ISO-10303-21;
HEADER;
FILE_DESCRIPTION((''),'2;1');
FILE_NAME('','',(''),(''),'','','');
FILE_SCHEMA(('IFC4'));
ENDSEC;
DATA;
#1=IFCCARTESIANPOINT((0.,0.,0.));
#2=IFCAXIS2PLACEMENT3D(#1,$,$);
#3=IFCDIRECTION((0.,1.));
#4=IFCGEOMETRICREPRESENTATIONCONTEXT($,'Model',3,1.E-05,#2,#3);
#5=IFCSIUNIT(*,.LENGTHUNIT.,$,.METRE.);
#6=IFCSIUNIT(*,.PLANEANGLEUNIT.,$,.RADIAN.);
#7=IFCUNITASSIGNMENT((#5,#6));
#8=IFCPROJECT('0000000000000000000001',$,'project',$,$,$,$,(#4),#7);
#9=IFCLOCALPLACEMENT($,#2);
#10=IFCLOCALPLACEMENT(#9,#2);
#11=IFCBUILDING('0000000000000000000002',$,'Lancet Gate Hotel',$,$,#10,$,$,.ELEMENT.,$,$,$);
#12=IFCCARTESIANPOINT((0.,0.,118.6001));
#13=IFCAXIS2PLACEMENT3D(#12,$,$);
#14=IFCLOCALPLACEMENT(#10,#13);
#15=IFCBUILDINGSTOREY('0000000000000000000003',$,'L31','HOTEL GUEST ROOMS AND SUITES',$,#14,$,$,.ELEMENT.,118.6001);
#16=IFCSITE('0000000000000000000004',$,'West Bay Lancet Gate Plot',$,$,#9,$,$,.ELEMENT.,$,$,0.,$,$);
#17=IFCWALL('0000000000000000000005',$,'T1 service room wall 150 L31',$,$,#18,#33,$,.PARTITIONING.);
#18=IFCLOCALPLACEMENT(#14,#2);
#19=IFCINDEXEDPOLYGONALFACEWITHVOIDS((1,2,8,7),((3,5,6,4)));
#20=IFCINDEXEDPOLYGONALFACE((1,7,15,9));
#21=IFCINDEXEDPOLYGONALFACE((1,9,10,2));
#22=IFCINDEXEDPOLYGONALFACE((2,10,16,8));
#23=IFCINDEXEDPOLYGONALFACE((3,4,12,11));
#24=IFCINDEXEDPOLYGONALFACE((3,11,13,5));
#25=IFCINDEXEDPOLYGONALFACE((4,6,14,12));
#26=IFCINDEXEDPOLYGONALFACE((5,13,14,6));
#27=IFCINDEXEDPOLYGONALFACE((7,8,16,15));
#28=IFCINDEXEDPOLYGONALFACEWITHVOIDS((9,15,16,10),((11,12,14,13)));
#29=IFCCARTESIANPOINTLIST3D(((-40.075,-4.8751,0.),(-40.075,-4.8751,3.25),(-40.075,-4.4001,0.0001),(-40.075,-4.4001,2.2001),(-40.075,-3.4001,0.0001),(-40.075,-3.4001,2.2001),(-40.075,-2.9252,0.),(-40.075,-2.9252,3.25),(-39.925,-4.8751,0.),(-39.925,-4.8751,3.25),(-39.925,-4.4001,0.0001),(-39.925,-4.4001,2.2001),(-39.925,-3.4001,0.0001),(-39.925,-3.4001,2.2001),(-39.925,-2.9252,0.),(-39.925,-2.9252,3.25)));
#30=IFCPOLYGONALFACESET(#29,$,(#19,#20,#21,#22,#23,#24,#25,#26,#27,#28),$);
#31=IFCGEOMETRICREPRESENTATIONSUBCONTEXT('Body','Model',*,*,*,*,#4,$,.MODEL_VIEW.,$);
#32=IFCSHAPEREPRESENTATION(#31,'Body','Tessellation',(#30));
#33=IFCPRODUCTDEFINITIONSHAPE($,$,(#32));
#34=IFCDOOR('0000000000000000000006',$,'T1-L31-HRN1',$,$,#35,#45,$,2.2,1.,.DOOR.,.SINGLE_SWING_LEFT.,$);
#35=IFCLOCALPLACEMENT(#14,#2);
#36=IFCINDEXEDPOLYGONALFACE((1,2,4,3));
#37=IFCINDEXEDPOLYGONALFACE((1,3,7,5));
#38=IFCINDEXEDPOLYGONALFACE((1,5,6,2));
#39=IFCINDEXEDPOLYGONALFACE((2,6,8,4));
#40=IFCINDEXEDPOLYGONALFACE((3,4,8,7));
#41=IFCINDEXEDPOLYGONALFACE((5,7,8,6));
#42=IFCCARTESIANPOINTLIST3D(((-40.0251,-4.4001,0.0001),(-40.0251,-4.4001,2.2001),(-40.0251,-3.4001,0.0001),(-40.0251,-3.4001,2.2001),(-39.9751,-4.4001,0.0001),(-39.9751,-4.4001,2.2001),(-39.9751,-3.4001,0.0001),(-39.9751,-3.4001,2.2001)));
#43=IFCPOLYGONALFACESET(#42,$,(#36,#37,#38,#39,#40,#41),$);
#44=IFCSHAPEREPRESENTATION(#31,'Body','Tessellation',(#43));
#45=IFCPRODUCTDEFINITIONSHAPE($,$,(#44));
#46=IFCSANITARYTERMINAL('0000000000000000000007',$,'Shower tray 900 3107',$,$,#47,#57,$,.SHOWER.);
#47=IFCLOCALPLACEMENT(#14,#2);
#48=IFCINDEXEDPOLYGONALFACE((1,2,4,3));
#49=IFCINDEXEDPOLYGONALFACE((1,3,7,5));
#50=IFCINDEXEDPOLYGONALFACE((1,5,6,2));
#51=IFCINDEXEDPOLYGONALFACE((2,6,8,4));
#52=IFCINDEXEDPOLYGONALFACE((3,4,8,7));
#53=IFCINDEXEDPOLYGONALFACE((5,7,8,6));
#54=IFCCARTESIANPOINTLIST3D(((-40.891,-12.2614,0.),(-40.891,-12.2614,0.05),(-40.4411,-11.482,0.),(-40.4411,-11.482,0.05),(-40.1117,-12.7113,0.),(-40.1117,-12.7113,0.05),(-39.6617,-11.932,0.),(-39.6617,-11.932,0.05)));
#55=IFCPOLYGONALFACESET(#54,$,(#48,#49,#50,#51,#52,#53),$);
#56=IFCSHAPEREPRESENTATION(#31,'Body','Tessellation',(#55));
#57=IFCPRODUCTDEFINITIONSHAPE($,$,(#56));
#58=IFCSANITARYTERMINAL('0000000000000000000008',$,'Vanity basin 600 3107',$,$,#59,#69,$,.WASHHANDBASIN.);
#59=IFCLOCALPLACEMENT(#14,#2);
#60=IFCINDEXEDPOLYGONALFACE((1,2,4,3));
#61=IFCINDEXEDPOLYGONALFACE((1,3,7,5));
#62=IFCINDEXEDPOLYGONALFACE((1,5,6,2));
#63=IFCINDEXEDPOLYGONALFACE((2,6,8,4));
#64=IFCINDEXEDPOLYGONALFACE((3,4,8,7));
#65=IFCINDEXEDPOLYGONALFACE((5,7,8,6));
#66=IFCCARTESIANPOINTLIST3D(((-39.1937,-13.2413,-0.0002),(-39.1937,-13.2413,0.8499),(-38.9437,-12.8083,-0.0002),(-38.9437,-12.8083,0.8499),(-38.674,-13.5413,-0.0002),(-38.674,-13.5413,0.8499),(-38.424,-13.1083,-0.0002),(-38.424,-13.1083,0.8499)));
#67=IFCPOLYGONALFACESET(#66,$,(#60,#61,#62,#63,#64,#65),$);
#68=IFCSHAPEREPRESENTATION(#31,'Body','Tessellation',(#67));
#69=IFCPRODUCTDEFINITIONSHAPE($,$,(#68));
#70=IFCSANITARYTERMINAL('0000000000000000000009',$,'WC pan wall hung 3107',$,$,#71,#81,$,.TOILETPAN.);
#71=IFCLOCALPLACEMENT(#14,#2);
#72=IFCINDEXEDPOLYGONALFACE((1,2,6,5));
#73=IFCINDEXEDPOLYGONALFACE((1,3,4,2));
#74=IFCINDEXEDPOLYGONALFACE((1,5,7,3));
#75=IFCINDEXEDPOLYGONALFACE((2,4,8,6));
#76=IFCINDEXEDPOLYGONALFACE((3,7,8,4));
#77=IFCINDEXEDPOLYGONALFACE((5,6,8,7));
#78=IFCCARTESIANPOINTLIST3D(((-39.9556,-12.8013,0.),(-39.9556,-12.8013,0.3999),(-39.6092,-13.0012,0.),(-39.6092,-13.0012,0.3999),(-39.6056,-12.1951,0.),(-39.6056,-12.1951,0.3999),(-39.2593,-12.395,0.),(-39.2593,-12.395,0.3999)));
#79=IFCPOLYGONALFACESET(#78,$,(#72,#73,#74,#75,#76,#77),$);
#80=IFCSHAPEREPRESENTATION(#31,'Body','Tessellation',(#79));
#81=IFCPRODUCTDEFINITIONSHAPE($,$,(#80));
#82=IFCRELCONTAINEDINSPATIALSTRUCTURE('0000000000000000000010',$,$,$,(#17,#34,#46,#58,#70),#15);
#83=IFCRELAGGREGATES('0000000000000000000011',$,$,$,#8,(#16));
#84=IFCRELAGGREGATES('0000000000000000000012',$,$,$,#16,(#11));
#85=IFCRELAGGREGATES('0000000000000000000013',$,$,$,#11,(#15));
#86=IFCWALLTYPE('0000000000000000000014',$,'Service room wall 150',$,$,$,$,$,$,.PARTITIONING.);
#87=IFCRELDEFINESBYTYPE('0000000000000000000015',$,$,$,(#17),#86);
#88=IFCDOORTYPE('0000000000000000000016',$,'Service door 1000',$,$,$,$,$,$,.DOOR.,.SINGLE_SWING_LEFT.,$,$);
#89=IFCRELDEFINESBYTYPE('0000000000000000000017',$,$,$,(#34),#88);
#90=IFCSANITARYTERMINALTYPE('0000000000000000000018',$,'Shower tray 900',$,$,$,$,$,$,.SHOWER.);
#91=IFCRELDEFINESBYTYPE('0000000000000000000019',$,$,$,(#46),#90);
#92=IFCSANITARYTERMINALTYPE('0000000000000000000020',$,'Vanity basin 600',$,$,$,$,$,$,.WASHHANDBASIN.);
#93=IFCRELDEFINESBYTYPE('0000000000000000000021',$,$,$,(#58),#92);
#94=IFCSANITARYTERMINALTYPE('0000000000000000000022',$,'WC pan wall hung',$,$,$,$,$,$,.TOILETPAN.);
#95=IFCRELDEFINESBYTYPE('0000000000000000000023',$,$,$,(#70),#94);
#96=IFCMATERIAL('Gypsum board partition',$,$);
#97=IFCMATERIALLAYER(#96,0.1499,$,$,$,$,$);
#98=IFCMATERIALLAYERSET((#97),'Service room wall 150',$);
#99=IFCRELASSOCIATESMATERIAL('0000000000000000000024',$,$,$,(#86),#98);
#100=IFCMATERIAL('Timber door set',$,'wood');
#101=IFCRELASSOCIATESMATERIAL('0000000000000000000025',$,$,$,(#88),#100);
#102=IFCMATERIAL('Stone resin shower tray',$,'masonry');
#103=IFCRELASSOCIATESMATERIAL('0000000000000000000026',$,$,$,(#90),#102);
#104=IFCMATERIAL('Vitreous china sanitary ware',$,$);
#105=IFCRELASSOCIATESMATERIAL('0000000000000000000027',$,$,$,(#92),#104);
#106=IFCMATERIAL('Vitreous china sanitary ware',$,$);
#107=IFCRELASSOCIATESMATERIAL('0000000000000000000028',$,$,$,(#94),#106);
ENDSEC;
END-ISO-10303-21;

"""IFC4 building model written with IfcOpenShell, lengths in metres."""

from ifc_helpers import new_model, si_unit, direction, frame, frame_2d, origin, origin_2d, place, context, subcontext, project, spatial, rectangle, extrude, material, layer, layer_set, type_object, element, fill, save


model = new_model("IFC4")

# Units and contexts
model_context = context("Model", 3, precision=1e-05, world=origin(), true_north=direction((0.0, 1.0)))
body_context = subcontext(model_context, "Body", "Model", "MODEL_VIEW")
ifc_project = project(units=[si_unit("LENGTHUNIT", "METRE"), si_unit("PLANEANGLEUNIT", "RADIAN")], contexts=[model_context])

# Site, building, storey
site_placement = place(None, origin())
site = spatial("IfcSite", under=ifc_project, at=site_placement, Name="West Bay Lancet Gate Plot", CompositionType="ELEMENT", RefElevation=0.0)
building_placement = place(site_placement, origin())
building = spatial("IfcBuilding", under=site, at=building_placement, Name="Lancet Gate Hotel", CompositionType="ELEMENT")
storey_placement = place(building_placement, frame((0.0, 0.0, 118.6001)))
storey = spatial("IfcBuildingStorey", under=building, at=storey_placement, Name="L31", Description="HOTEL GUEST ROOMS AND SUITES", CompositionType="ELEMENT", Elevation=118.6001)

# Wall, opening, door
ifc_material_1 = material(Name="Gypsum board partition")
ifc_layer_1 = layer(ifc_material_1, 0.1499)
ifc_layer_set_1 = layer_set([ifc_layer_1], Name="Service room wall 150")
wall_type_1 = type_object("IfcWallType", Name="Service room wall 150", PredefinedType="PARTITIONING", material=ifc_layer_set_1)
ifc_material_2 = material(Name="Timber door set", Category="wood")
door_type_1 = type_object("IfcDoorType", Name="Service door 1000", OperationType="SINGLE_SWING_LEFT", PredefinedType="DOOR", material=ifc_material_2)
wall_1_placement = place(storey_placement, frame((-40.0, -2.925, 0.0), z_axis=(0.0, 0.0, 1.0), x_axis=(0.0, -1.0, 0.0)))
wall_1 = element("IfcWall", 1, at=wall_1_placement, inside=storey, type_object=wall_type_1, Name="T1 service room wall 150 L31", PredefinedType="PARTITIONING", context=body_context, shape_type="SweptSolid", body=[
    extrude(rectangle(XDim=1.95, YDim=0.1499, at=frame_2d((0.9751, 0.0))), origin(), (0.0, 0.0, 1.0), 3.25),
])
opening_1_placement = place(wall_1_placement, frame((0.4751, 0.0, 0.0)))
opening_1 = element("IfcOpeningElement", 2, at=opening_1_placement, cuts=wall_1, PredefinedType="OPENING", context=body_context, shape_type="SweptSolid", body=[
    extrude(rectangle(XDim=1.0, YDim=2.2, at=frame_2d((0.5, 1.1001))), frame((0.0, 0.085, 0.0), z_axis=(0.0, -1.0, 0.0), x_axis=(1.0, 0.0, 0.0)), (0.0, 0.0, 1.0), 0.1699),
])
door_1_placement = place(opening_1_placement, origin())
door_1 = element("IfcDoor", 3, at=door_1_placement, inside=storey, type_object=door_type_1, Name="T1-L31-HRN1", OperationType="SINGLE_SWING_LEFT", OverallHeight=2.2, OverallWidth=1.0, PredefinedType="DOOR", context=body_context, shape_type="SweptSolid", body=[
    extrude(rectangle(XDim=1.0, YDim=2.2, at=frame_2d((0.5, 1.1001))), frame((0.0, 0.0249, 0.0), z_axis=(0.0, -1.0, 0.0), x_axis=(1.0, 0.0, 0.0)), (0.0, 0.0, 1.0), 0.05),
])
fill(opening_1, door_1)

# Sanitary terminals
ifc_material_3 = material(Name="Stone resin shower tray", Category="masonry")
sanitary_terminal_type_1 = type_object("IfcSanitaryTerminalType", Name="Shower tray 900", PredefinedType="SHOWER", material=ifc_material_3)
sanitary_terminal_1_placement = place(storey_placement, frame((-40.2764, -12.0967, 0.0), z_axis=(0.0, 0.0, 1.0), x_axis=(-0.866025, 0.5, 0.0)))
element("IfcSanitaryTerminal", 4, at=sanitary_terminal_1_placement, inside=storey, type_object=sanitary_terminal_type_1, Name="Shower tray 900 3107", PredefinedType="SHOWER", context=body_context, shape_type="SweptSolid", body=[
    extrude(rectangle(XDim=0.8999, YDim=0.8999, at=origin_2d()), origin(), (0.0, 0.0, 1.0), 0.05),
])
ifc_material_4 = material(Name="Vitreous china sanitary ware")
sanitary_terminal_type_2 = type_object("IfcSanitaryTerminalType", Name="Vanity basin 600", PredefinedType="WASHHANDBASIN", material=ifc_material_4)
sanitary_terminal_2_placement = place(storey_placement, frame((-38.8088, -13.1748, -0.0002), z_axis=(0.0, 0.0, 1.0), x_axis=(-0.866025, 0.5, 0.0)))
element("IfcSanitaryTerminal", 5, at=sanitary_terminal_2_placement, inside=storey, type_object=sanitary_terminal_type_2, Name="Vanity basin 600 3107", PredefinedType="WASHHANDBASIN", context=body_context, shape_type="SweptSolid", body=[
    extrude(rectangle(XDim=0.6001, YDim=0.5, at=origin_2d()), origin(), (0.0, 0.0, 1.0), 0.8501),
])
ifc_material_5 = material(Name="Vitreous china sanitary ware")
sanitary_terminal_type_3 = type_object("IfcSanitaryTerminalType", Name="WC pan wall hung", PredefinedType="TOILETPAN", material=ifc_material_5)
sanitary_terminal_3_placement = place(storey_placement, frame((-39.6074, -12.5981, 0.0), z_axis=(0.0, 0.0, 1.0), x_axis=(-0.866025, 0.5, 0.0)))
element("IfcSanitaryTerminal", 6, at=sanitary_terminal_3_placement, inside=storey, type_object=sanitary_terminal_type_3, Name="WC pan wall hung 3107", PredefinedType="TOILETPAN", context=body_context, shape_type="SweptSolid", body=[
    extrude(rectangle(XDim=0.3999, YDim=0.7, at=origin_2d()), origin(), (0.0, 0.0, 1.0), 0.3999),
])

save(model, "model.ifc")
